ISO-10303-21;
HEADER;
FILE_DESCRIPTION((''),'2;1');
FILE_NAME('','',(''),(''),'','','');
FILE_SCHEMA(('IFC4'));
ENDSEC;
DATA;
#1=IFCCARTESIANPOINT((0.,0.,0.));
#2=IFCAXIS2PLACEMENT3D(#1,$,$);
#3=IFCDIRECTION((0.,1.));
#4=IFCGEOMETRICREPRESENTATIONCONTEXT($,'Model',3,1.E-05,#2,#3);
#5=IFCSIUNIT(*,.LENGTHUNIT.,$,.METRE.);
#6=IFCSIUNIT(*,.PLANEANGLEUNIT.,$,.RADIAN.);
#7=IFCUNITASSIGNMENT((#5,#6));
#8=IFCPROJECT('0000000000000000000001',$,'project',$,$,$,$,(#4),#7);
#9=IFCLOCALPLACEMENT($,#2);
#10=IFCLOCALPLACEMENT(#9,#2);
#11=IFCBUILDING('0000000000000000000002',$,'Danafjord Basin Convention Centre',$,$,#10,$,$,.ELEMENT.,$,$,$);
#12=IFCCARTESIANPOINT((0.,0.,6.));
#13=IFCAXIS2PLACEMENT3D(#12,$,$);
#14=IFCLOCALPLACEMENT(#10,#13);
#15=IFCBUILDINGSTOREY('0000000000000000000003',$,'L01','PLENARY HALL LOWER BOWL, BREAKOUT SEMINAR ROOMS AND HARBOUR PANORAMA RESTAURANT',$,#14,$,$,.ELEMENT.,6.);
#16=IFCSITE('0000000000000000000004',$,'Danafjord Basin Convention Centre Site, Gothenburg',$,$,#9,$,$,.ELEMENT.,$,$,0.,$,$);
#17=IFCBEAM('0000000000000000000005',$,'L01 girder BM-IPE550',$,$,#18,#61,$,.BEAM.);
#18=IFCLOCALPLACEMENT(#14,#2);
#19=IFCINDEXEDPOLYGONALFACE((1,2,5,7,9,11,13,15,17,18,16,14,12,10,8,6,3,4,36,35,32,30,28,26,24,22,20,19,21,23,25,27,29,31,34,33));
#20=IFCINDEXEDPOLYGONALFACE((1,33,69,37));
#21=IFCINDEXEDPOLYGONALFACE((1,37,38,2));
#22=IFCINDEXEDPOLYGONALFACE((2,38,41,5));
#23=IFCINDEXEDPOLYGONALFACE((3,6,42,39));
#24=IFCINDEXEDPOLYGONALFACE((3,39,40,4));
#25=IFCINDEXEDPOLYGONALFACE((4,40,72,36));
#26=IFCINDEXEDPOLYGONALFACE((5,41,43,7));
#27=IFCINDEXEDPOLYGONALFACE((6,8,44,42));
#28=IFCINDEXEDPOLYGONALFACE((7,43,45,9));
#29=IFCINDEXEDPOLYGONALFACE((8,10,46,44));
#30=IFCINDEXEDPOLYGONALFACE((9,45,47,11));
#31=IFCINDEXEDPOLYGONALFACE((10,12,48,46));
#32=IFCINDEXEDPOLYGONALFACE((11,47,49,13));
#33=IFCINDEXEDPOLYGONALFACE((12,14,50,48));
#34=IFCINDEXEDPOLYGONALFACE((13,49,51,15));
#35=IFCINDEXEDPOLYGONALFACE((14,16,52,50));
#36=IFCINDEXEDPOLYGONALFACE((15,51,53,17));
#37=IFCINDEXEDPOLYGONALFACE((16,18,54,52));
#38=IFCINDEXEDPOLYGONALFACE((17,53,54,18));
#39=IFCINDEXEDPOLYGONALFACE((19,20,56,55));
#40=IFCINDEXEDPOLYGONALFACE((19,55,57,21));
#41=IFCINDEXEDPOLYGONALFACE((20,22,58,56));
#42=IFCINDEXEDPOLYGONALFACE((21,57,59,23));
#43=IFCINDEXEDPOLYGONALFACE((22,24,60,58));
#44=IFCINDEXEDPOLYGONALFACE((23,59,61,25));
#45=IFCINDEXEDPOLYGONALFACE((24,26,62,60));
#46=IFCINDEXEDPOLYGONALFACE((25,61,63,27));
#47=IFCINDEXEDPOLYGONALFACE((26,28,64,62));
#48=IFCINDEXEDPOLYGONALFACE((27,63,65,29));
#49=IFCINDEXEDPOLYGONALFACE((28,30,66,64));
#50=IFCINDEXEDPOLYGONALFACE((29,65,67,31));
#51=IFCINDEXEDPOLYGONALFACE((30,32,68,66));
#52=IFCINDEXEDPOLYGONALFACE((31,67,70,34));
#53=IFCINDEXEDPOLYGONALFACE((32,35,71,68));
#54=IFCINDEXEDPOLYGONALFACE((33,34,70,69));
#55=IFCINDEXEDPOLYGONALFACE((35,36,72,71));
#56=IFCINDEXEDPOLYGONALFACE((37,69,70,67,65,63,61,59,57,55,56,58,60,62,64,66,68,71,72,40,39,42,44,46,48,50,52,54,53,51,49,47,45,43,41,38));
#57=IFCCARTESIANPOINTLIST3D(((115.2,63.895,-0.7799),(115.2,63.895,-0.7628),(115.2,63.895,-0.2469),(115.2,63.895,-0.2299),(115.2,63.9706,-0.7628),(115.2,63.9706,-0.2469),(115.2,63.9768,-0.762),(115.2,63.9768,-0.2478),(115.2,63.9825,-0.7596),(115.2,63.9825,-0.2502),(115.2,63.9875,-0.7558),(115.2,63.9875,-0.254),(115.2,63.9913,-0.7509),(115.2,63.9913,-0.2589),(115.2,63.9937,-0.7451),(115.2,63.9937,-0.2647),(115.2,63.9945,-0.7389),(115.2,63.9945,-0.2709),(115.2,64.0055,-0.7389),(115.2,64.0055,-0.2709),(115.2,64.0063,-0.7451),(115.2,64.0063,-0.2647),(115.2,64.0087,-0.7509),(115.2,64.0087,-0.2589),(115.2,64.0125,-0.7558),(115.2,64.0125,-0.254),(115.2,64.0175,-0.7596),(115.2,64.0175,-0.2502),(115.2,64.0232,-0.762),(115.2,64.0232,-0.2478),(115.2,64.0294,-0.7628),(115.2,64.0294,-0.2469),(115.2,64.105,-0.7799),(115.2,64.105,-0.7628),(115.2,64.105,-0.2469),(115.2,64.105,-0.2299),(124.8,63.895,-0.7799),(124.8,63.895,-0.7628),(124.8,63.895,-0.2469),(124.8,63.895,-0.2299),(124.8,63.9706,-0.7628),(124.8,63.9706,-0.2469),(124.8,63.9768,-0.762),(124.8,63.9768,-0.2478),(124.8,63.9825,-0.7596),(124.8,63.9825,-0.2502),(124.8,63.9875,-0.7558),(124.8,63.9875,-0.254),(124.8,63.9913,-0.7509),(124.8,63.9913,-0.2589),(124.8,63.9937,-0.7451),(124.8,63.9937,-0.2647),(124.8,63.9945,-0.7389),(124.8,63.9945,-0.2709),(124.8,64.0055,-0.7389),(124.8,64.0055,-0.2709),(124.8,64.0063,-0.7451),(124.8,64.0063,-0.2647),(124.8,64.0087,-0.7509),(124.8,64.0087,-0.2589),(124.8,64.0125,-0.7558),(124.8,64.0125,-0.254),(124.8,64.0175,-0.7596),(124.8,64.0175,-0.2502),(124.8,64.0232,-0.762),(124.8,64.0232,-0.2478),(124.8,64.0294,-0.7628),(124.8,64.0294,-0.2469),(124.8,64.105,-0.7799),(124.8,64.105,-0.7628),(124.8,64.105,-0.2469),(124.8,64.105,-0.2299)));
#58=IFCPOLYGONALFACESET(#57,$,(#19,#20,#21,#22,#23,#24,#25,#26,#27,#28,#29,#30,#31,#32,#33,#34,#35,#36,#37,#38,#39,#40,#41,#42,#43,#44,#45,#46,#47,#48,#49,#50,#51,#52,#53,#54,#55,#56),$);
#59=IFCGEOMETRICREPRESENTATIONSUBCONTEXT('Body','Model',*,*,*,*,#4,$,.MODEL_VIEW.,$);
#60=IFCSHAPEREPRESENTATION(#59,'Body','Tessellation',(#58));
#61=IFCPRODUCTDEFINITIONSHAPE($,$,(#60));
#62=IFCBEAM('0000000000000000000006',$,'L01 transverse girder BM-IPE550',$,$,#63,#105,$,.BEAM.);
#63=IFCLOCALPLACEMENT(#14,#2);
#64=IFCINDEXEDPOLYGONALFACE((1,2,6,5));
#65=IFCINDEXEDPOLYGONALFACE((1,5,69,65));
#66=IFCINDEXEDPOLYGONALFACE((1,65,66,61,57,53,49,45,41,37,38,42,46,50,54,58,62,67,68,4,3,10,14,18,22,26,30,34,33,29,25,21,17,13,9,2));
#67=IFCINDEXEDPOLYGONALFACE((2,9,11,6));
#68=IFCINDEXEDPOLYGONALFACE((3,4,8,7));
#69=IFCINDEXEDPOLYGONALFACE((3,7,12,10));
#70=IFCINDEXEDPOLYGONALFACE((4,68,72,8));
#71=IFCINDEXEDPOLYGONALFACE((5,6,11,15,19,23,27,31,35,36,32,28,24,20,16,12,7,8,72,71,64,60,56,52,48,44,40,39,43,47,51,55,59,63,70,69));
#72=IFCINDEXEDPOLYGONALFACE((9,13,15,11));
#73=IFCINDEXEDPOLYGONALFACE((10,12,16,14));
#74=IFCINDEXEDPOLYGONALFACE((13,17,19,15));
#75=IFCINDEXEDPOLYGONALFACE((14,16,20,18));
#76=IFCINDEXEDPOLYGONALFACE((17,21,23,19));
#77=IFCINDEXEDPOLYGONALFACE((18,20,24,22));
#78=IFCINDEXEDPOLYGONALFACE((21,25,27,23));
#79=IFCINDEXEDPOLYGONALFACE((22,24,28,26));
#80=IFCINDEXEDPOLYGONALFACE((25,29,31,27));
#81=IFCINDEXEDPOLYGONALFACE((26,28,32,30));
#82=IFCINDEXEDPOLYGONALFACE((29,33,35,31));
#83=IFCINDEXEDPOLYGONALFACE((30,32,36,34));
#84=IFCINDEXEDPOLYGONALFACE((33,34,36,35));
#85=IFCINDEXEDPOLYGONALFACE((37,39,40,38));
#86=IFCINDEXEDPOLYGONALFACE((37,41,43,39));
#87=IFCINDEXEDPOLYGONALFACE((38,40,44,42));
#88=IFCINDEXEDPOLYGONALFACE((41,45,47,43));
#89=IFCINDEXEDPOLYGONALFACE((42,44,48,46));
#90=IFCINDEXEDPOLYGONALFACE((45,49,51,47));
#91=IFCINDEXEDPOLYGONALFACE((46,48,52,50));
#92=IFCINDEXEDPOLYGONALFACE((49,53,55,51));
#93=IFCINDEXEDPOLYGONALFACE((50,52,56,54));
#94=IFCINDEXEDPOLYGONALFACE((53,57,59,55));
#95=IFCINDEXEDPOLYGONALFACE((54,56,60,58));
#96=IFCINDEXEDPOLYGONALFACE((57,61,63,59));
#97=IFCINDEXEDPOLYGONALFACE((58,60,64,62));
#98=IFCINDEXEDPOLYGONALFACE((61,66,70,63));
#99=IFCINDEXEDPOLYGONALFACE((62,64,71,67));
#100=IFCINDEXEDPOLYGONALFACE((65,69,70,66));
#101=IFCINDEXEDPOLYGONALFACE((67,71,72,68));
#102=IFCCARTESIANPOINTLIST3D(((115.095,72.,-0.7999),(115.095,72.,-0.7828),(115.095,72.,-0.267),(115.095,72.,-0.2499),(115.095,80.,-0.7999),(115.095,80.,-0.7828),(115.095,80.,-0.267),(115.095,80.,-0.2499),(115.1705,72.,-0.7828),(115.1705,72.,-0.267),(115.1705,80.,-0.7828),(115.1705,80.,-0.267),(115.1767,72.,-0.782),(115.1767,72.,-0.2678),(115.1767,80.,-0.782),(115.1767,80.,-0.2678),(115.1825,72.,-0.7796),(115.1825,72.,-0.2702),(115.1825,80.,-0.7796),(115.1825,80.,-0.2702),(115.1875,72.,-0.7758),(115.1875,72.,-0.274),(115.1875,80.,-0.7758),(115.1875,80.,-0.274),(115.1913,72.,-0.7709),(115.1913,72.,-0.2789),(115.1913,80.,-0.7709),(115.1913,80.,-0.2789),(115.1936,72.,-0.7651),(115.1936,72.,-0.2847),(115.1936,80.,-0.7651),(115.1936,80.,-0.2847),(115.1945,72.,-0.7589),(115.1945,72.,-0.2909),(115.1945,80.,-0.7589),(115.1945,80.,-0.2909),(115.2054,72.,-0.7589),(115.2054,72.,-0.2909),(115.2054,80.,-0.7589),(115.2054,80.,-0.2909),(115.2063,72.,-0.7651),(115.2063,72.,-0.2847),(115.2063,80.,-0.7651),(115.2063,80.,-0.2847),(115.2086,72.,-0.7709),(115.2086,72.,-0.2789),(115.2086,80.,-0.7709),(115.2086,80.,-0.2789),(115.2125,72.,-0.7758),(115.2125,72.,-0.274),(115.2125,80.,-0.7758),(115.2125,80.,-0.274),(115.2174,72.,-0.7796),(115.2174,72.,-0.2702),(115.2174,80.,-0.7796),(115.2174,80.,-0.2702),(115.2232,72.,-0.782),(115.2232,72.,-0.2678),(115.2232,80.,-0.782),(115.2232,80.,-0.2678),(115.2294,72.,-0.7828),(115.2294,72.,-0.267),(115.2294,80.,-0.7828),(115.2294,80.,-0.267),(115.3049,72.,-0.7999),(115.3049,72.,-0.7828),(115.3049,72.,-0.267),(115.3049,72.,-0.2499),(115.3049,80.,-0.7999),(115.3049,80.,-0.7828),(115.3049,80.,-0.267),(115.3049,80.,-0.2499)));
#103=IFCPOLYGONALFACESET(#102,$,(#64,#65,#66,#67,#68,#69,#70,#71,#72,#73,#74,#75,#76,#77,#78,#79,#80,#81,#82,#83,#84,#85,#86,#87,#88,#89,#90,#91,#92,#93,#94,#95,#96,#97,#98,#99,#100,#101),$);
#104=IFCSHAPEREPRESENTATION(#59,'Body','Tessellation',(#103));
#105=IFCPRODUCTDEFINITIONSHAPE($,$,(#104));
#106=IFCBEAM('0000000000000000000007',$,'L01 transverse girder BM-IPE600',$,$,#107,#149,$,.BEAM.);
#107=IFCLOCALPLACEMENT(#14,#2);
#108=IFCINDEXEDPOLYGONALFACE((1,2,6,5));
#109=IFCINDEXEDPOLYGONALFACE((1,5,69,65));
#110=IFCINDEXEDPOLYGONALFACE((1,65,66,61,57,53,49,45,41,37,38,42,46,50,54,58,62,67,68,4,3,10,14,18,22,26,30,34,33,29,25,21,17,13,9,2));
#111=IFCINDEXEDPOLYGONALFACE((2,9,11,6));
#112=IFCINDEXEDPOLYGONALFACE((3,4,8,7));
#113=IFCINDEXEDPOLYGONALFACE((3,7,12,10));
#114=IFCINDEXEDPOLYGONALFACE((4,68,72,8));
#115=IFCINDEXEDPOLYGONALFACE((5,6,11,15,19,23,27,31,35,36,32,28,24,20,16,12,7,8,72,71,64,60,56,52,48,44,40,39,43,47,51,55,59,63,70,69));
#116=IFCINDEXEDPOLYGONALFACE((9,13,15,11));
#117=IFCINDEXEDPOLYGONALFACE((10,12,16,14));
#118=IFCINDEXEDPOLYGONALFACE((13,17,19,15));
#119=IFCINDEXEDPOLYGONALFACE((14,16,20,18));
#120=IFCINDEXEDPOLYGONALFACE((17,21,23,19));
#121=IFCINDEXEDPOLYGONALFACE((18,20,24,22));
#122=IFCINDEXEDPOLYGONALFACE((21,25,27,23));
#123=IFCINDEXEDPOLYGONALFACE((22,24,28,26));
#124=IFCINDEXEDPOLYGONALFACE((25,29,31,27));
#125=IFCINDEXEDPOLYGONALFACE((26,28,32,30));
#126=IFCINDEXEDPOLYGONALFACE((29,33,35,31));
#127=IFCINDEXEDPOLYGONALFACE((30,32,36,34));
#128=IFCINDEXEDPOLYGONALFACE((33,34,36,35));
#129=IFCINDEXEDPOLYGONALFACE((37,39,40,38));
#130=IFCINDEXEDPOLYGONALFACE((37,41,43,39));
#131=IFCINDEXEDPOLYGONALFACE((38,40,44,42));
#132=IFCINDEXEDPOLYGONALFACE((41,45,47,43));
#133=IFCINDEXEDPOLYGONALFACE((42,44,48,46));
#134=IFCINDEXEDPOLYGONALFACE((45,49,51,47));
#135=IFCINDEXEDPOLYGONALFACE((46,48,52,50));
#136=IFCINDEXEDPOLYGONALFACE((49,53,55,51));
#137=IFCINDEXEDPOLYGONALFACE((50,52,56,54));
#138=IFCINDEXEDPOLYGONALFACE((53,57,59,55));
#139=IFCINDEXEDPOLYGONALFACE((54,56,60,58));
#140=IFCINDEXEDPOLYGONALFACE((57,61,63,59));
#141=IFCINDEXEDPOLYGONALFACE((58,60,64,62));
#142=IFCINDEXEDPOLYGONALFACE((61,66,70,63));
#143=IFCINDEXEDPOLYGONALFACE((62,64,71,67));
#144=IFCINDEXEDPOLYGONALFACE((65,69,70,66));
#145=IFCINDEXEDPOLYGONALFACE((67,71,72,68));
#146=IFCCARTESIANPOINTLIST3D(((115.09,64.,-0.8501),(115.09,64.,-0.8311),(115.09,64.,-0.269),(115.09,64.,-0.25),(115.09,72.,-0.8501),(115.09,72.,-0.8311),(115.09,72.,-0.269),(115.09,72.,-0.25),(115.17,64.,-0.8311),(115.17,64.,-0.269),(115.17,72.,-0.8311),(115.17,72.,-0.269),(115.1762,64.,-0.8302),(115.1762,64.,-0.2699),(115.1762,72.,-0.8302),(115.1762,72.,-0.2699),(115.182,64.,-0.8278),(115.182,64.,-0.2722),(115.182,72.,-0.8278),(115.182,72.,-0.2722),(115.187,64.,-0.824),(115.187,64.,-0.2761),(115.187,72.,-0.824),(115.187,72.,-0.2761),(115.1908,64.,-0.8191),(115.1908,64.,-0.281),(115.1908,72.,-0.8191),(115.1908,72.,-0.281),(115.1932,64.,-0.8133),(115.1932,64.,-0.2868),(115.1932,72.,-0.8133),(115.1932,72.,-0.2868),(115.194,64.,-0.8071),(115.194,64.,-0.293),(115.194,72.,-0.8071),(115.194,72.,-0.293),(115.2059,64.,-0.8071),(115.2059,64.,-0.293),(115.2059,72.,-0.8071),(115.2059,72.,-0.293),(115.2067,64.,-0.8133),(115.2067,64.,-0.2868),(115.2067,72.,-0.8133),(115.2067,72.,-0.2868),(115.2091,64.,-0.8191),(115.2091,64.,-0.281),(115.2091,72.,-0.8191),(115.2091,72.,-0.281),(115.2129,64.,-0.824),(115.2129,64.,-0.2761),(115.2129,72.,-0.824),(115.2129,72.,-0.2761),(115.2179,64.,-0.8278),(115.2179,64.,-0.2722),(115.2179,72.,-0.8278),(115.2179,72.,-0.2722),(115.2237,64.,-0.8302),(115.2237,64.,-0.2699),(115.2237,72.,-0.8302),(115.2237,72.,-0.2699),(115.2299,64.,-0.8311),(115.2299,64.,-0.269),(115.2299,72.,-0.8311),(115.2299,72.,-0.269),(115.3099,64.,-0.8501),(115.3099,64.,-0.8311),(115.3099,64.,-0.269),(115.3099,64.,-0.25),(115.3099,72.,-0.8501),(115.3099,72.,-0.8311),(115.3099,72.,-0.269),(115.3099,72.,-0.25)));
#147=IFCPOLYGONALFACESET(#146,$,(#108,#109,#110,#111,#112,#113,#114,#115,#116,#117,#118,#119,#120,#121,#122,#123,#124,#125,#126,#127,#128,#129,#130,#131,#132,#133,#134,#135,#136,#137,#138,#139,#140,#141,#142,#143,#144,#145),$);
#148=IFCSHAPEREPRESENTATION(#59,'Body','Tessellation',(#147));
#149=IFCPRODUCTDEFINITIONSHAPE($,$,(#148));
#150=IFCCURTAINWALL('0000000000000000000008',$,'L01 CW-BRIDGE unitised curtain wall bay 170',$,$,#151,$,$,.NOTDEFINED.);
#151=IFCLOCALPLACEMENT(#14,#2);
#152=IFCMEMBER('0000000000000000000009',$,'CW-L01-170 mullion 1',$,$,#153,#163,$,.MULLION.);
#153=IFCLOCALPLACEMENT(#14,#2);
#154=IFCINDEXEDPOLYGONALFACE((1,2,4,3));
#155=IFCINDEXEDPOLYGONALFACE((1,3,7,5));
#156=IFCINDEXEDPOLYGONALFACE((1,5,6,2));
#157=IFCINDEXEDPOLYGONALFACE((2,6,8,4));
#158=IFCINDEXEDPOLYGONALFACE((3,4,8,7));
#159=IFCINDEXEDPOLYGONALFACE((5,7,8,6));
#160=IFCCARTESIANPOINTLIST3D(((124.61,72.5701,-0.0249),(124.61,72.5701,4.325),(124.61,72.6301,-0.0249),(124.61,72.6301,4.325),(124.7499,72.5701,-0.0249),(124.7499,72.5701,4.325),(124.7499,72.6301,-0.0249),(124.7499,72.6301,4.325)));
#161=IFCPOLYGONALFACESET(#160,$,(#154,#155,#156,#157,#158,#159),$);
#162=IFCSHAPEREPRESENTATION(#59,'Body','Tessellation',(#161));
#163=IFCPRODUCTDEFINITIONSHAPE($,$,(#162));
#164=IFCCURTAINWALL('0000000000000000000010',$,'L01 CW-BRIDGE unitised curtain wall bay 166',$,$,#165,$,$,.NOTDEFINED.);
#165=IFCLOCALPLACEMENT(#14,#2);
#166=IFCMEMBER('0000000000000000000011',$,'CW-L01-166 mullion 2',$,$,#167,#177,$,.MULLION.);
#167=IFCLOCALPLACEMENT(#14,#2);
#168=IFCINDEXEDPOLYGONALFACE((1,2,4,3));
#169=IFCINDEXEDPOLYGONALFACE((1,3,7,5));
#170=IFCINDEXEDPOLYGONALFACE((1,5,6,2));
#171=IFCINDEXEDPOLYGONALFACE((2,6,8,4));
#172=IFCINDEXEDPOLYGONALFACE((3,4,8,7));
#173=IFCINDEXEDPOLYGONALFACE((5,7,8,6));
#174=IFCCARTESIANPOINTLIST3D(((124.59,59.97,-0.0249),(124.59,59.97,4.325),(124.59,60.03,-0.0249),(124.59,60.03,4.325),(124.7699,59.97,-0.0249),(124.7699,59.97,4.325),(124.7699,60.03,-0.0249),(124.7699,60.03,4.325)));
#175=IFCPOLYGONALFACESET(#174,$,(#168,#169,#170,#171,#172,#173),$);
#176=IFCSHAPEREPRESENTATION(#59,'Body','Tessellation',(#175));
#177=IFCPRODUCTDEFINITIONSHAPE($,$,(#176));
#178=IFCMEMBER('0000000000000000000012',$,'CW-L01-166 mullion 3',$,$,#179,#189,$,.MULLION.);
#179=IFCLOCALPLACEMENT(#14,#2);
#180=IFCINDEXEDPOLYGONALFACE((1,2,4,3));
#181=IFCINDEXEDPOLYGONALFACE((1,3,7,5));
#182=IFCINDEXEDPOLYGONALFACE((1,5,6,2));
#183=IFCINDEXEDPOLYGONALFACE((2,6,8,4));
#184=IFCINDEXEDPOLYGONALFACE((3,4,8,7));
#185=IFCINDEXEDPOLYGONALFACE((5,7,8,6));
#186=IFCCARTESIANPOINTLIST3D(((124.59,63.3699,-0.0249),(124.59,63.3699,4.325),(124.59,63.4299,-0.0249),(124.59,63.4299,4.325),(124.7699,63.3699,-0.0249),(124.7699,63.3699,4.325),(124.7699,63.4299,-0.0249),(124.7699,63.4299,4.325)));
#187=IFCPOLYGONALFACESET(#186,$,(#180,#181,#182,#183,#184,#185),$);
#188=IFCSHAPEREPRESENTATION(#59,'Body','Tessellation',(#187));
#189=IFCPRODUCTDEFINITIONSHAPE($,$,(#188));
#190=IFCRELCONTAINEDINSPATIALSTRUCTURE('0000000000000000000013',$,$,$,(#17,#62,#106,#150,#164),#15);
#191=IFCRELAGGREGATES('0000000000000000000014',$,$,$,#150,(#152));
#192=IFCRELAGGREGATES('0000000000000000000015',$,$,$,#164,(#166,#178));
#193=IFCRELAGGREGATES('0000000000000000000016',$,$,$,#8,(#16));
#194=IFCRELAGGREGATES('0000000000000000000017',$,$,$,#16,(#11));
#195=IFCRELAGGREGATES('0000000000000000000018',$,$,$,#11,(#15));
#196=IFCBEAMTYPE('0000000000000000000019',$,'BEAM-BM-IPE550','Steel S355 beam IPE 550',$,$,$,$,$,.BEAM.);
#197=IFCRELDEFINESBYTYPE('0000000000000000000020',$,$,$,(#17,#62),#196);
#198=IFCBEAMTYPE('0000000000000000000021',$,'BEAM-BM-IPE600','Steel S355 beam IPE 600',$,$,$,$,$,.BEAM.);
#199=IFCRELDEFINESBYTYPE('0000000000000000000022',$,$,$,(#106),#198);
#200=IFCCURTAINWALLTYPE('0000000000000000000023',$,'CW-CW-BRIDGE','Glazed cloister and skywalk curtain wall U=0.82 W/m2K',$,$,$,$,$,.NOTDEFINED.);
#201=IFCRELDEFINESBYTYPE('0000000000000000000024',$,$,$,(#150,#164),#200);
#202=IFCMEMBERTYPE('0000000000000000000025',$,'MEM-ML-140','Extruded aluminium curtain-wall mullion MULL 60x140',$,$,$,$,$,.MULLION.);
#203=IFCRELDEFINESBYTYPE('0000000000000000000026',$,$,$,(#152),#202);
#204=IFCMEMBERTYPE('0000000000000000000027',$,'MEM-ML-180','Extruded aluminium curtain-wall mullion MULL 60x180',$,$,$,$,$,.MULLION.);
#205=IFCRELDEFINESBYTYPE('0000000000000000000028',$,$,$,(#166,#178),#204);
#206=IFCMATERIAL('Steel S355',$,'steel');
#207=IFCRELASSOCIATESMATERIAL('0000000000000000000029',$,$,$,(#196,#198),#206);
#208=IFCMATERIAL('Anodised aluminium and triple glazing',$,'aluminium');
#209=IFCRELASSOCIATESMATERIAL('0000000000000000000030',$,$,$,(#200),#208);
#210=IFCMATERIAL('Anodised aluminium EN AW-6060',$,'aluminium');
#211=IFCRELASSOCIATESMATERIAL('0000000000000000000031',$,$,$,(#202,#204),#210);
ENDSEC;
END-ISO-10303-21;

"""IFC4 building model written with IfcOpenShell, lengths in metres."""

from ifc_helpers import new_model, si_unit, direction, frame, origin, origin_2d, place, context, subcontext, project, spatial, rectangle, i_section, extrude, material, material_profile, profile_set, type_object, element, aggregate, save


model = new_model("IFC4")

# Units and contexts
model_context = context("Model", 3, precision=1e-05, world=origin(), true_north=direction((0.0, 1.0)))
body_context = subcontext(model_context, "Body", "Model", "MODEL_VIEW")
ifc_project = project(units=[si_unit("LENGTHUNIT", "METRE"), si_unit("PLANEANGLEUNIT", "RADIAN")], contexts=[model_context])

# Site, building, storey
site_placement = place(None, origin())
site = spatial("IfcSite", under=ifc_project, at=site_placement, Name="Danafjord Basin Convention Centre Site, Gothenburg", CompositionType="ELEMENT", RefElevation=0.0)
building_placement = place(site_placement, origin())
building = spatial("IfcBuilding", under=site, at=building_placement, Name="Danafjord Basin Convention Centre", CompositionType="ELEMENT")
storey_placement = place(building_placement, frame((0.0, 0.0, 6.0)))
storey = spatial("IfcBuildingStorey", under=building, at=storey_placement, Name="L01", Description="PLENARY HALL LOWER BOWL, BREAKOUT SEMINAR ROOMS AND HARBOUR PANORAMA RESTAURANT", CompositionType="ELEMENT", Elevation=6.0)

# Beams
ifc_material_1 = material(Name="Steel S355", Category="steel")
ifc_material_profile_1 = material_profile(ifc_material_1, i_section(OverallWidth=0.21, OverallDepth=0.55, WebThickness=0.011, FlangeThickness=0.0171, FilletRadius=0.0239, at=origin_2d()), Name="IPE 550")
ifc_profile_set_1 = profile_set([ifc_material_profile_1], Name="Steel S355")
beam_type_1 = type_object("IfcBeamType", Name="BEAM-BM-IPE550", Description="Steel S355 beam IPE 550", PredefinedType="BEAM", material=ifc_profile_set_1)
beam_1_placement = place(storey_placement, frame((115.2, 64.0, -0.5049), z_axis=(1.0, 0.0, 0.0), x_axis=(0.0, 1.0, 0.0)))
element("IfcBeam", 1, at=beam_1_placement, inside=storey, type_object=beam_type_1, Name="L01 girder BM-IPE550", PredefinedType="BEAM", context=body_context, shape_type="SweptSolid", body=[
    extrude(i_section(OverallWidth=0.21, OverallDepth=0.55, WebThickness=0.011, FlangeThickness=0.0171, FilletRadius=0.0239, at=origin_2d()), origin(), (0.0, 0.0, 1.0), 9.6001),
])
beam_2_placement = place(storey_placement, frame((115.2, 72.0, -0.5249), z_axis=(0.0, 1.0, 0.0), x_axis=(-1.0, 0.0, 0.0)))
element("IfcBeam", 2, at=beam_2_placement, inside=storey, type_object=beam_type_1, Name="L01 transverse girder BM-IPE550", PredefinedType="BEAM", context=body_context, shape_type="SweptSolid", body=[
    extrude(i_section(OverallWidth=0.21, OverallDepth=0.55, WebThickness=0.011, FlangeThickness=0.0171, FilletRadius=0.0239, at=origin_2d()), origin(), (0.0, 0.0, 1.0), 8.0),
])
ifc_material_profile_2 = material_profile(ifc_material_1, i_section(OverallWidth=0.22, OverallDepth=0.6001, WebThickness=0.012, FlangeThickness=0.019, FilletRadius=0.0239, at=origin_2d()), Name="IPE 600")
ifc_profile_set_2 = profile_set([ifc_material_profile_2], Name="Steel S355")
beam_type_2 = type_object("IfcBeamType", Name="BEAM-BM-IPE600", Description="Steel S355 beam IPE 600", PredefinedType="BEAM", material=ifc_profile_set_2)
beam_3_placement = place(storey_placement, frame((115.2, 64.0, -0.55), z_axis=(0.0, 1.0, 0.0), x_axis=(-1.0, 0.0, 0.0)))
element("IfcBeam", 3, at=beam_3_placement, inside=storey, type_object=beam_type_2, Name="L01 transverse girder BM-IPE600", PredefinedType="BEAM", context=body_context, shape_type="SweptSolid", body=[
    extrude(i_section(OverallWidth=0.22, OverallDepth=0.6001, WebThickness=0.012, FlangeThickness=0.019, FilletRadius=0.0239, at=origin_2d()), origin(), (0.0, 0.0, 1.0), 8.0),
])

# Curtain wall, member
ifc_material_2 = material(Name="Anodised aluminium and triple glazing", Category="aluminium")
curtain_wall_type = type_object("IfcCurtainWallType", Name="CW-CW-BRIDGE", Description="Glazed cloister and skywalk curtain wall U=0.82 W/m2K", PredefinedType="NOTDEFINED", material=ifc_material_2)
curtain_wall_1_placement = place(storey_placement, origin())
curtain_wall_1 = element("IfcCurtainWall", 4, at=curtain_wall_1_placement, inside=storey, type_object=curtain_wall_type, Name="L01 CW-BRIDGE unitised curtain wall bay 170", PredefinedType="NOTDEFINED")
ifc_material_3 = material(Name="Anodised aluminium EN AW-6060", Category="aluminium")
ifc_material_profile_3 = material_profile(ifc_material_3, rectangle(XDim=0.0601, YDim=0.1399, at=origin_2d()), Name="MULL 60x140")
ifc_profile_set_3 = profile_set([ifc_material_profile_3], Name="Anodised aluminium EN AW-6060")
member_type_1 = type_object("IfcMemberType", Name="MEM-ML-140", Description="Extruded aluminium curtain-wall mullion MULL 60x140", PredefinedType="MULLION", material=ifc_profile_set_3)
member_1_placement = place(storey_placement, frame((124.6799, 72.6001, -0.0249), z_axis=(0.0, 0.0, 1.0), x_axis=(0.0, 1.0, 0.0)))
member_1 = element("IfcMember", 5, at=member_1_placement, type_object=member_type_1, Name="CW-L01-170 mullion 1", PredefinedType="MULLION", context=body_context, shape_type="SweptSolid", body=[
    extrude(rectangle(XDim=0.0601, YDim=0.1399, at=origin_2d()), origin(), (0.0, 0.0, 1.0), 4.3499),
])

# Curtain wall, members
curtain_wall_2_placement = place(storey_placement, origin())
curtain_wall_2 = element("IfcCurtainWall", 6, at=curtain_wall_2_placement, inside=storey, type_object=curtain_wall_type, Name="L01 CW-BRIDGE unitised curtain wall bay 166", PredefinedType="NOTDEFINED")
ifc_material_profile_4 = material_profile(ifc_material_3, rectangle(XDim=0.0601, YDim=0.1799, at=origin_2d()), Name="MULL 60x180")
ifc_profile_set_4 = profile_set([ifc_material_profile_4], Name="Anodised aluminium EN AW-6060")
member_type_2 = type_object("IfcMemberType", Name="MEM-ML-180", Description="Extruded aluminium curtain-wall mullion MULL 60x180", PredefinedType="MULLION", material=ifc_profile_set_4)
member_2_placement = place(storey_placement, frame((124.6799, 60.0, -0.0249), z_axis=(0.0, 0.0, 1.0), x_axis=(0.0, 1.0, 0.0)))
member_2 = element("IfcMember", 7, at=member_2_placement, type_object=member_type_2, Name="CW-L01-166 mullion 2", PredefinedType="MULLION", context=body_context, shape_type="SweptSolid", body=[
    extrude(rectangle(XDim=0.0601, YDim=0.1799, at=origin_2d()), origin(), (0.0, 0.0, 1.0), 4.3499),
])
member_3_placement = place(storey_placement, frame((124.6799, 63.3999, -0.0249), z_axis=(0.0, 0.0, 1.0), x_axis=(0.0, 1.0, 0.0)))
member_3 = element("IfcMember", 8, at=member_3_placement, type_object=member_type_2, Name="CW-L01-166 mullion 3", PredefinedType="MULLION", context=body_context, shape_type="SweptSolid", body=[
    extrude(rectangle(XDim=0.0601, YDim=0.1799, at=origin_2d()), origin(), (0.0, 0.0, 1.0), 4.3499),
])

aggregate(curtain_wall_1, [member_1])

aggregate(curtain_wall_2, [member_2, member_3])

save(model, "model.ifc")
